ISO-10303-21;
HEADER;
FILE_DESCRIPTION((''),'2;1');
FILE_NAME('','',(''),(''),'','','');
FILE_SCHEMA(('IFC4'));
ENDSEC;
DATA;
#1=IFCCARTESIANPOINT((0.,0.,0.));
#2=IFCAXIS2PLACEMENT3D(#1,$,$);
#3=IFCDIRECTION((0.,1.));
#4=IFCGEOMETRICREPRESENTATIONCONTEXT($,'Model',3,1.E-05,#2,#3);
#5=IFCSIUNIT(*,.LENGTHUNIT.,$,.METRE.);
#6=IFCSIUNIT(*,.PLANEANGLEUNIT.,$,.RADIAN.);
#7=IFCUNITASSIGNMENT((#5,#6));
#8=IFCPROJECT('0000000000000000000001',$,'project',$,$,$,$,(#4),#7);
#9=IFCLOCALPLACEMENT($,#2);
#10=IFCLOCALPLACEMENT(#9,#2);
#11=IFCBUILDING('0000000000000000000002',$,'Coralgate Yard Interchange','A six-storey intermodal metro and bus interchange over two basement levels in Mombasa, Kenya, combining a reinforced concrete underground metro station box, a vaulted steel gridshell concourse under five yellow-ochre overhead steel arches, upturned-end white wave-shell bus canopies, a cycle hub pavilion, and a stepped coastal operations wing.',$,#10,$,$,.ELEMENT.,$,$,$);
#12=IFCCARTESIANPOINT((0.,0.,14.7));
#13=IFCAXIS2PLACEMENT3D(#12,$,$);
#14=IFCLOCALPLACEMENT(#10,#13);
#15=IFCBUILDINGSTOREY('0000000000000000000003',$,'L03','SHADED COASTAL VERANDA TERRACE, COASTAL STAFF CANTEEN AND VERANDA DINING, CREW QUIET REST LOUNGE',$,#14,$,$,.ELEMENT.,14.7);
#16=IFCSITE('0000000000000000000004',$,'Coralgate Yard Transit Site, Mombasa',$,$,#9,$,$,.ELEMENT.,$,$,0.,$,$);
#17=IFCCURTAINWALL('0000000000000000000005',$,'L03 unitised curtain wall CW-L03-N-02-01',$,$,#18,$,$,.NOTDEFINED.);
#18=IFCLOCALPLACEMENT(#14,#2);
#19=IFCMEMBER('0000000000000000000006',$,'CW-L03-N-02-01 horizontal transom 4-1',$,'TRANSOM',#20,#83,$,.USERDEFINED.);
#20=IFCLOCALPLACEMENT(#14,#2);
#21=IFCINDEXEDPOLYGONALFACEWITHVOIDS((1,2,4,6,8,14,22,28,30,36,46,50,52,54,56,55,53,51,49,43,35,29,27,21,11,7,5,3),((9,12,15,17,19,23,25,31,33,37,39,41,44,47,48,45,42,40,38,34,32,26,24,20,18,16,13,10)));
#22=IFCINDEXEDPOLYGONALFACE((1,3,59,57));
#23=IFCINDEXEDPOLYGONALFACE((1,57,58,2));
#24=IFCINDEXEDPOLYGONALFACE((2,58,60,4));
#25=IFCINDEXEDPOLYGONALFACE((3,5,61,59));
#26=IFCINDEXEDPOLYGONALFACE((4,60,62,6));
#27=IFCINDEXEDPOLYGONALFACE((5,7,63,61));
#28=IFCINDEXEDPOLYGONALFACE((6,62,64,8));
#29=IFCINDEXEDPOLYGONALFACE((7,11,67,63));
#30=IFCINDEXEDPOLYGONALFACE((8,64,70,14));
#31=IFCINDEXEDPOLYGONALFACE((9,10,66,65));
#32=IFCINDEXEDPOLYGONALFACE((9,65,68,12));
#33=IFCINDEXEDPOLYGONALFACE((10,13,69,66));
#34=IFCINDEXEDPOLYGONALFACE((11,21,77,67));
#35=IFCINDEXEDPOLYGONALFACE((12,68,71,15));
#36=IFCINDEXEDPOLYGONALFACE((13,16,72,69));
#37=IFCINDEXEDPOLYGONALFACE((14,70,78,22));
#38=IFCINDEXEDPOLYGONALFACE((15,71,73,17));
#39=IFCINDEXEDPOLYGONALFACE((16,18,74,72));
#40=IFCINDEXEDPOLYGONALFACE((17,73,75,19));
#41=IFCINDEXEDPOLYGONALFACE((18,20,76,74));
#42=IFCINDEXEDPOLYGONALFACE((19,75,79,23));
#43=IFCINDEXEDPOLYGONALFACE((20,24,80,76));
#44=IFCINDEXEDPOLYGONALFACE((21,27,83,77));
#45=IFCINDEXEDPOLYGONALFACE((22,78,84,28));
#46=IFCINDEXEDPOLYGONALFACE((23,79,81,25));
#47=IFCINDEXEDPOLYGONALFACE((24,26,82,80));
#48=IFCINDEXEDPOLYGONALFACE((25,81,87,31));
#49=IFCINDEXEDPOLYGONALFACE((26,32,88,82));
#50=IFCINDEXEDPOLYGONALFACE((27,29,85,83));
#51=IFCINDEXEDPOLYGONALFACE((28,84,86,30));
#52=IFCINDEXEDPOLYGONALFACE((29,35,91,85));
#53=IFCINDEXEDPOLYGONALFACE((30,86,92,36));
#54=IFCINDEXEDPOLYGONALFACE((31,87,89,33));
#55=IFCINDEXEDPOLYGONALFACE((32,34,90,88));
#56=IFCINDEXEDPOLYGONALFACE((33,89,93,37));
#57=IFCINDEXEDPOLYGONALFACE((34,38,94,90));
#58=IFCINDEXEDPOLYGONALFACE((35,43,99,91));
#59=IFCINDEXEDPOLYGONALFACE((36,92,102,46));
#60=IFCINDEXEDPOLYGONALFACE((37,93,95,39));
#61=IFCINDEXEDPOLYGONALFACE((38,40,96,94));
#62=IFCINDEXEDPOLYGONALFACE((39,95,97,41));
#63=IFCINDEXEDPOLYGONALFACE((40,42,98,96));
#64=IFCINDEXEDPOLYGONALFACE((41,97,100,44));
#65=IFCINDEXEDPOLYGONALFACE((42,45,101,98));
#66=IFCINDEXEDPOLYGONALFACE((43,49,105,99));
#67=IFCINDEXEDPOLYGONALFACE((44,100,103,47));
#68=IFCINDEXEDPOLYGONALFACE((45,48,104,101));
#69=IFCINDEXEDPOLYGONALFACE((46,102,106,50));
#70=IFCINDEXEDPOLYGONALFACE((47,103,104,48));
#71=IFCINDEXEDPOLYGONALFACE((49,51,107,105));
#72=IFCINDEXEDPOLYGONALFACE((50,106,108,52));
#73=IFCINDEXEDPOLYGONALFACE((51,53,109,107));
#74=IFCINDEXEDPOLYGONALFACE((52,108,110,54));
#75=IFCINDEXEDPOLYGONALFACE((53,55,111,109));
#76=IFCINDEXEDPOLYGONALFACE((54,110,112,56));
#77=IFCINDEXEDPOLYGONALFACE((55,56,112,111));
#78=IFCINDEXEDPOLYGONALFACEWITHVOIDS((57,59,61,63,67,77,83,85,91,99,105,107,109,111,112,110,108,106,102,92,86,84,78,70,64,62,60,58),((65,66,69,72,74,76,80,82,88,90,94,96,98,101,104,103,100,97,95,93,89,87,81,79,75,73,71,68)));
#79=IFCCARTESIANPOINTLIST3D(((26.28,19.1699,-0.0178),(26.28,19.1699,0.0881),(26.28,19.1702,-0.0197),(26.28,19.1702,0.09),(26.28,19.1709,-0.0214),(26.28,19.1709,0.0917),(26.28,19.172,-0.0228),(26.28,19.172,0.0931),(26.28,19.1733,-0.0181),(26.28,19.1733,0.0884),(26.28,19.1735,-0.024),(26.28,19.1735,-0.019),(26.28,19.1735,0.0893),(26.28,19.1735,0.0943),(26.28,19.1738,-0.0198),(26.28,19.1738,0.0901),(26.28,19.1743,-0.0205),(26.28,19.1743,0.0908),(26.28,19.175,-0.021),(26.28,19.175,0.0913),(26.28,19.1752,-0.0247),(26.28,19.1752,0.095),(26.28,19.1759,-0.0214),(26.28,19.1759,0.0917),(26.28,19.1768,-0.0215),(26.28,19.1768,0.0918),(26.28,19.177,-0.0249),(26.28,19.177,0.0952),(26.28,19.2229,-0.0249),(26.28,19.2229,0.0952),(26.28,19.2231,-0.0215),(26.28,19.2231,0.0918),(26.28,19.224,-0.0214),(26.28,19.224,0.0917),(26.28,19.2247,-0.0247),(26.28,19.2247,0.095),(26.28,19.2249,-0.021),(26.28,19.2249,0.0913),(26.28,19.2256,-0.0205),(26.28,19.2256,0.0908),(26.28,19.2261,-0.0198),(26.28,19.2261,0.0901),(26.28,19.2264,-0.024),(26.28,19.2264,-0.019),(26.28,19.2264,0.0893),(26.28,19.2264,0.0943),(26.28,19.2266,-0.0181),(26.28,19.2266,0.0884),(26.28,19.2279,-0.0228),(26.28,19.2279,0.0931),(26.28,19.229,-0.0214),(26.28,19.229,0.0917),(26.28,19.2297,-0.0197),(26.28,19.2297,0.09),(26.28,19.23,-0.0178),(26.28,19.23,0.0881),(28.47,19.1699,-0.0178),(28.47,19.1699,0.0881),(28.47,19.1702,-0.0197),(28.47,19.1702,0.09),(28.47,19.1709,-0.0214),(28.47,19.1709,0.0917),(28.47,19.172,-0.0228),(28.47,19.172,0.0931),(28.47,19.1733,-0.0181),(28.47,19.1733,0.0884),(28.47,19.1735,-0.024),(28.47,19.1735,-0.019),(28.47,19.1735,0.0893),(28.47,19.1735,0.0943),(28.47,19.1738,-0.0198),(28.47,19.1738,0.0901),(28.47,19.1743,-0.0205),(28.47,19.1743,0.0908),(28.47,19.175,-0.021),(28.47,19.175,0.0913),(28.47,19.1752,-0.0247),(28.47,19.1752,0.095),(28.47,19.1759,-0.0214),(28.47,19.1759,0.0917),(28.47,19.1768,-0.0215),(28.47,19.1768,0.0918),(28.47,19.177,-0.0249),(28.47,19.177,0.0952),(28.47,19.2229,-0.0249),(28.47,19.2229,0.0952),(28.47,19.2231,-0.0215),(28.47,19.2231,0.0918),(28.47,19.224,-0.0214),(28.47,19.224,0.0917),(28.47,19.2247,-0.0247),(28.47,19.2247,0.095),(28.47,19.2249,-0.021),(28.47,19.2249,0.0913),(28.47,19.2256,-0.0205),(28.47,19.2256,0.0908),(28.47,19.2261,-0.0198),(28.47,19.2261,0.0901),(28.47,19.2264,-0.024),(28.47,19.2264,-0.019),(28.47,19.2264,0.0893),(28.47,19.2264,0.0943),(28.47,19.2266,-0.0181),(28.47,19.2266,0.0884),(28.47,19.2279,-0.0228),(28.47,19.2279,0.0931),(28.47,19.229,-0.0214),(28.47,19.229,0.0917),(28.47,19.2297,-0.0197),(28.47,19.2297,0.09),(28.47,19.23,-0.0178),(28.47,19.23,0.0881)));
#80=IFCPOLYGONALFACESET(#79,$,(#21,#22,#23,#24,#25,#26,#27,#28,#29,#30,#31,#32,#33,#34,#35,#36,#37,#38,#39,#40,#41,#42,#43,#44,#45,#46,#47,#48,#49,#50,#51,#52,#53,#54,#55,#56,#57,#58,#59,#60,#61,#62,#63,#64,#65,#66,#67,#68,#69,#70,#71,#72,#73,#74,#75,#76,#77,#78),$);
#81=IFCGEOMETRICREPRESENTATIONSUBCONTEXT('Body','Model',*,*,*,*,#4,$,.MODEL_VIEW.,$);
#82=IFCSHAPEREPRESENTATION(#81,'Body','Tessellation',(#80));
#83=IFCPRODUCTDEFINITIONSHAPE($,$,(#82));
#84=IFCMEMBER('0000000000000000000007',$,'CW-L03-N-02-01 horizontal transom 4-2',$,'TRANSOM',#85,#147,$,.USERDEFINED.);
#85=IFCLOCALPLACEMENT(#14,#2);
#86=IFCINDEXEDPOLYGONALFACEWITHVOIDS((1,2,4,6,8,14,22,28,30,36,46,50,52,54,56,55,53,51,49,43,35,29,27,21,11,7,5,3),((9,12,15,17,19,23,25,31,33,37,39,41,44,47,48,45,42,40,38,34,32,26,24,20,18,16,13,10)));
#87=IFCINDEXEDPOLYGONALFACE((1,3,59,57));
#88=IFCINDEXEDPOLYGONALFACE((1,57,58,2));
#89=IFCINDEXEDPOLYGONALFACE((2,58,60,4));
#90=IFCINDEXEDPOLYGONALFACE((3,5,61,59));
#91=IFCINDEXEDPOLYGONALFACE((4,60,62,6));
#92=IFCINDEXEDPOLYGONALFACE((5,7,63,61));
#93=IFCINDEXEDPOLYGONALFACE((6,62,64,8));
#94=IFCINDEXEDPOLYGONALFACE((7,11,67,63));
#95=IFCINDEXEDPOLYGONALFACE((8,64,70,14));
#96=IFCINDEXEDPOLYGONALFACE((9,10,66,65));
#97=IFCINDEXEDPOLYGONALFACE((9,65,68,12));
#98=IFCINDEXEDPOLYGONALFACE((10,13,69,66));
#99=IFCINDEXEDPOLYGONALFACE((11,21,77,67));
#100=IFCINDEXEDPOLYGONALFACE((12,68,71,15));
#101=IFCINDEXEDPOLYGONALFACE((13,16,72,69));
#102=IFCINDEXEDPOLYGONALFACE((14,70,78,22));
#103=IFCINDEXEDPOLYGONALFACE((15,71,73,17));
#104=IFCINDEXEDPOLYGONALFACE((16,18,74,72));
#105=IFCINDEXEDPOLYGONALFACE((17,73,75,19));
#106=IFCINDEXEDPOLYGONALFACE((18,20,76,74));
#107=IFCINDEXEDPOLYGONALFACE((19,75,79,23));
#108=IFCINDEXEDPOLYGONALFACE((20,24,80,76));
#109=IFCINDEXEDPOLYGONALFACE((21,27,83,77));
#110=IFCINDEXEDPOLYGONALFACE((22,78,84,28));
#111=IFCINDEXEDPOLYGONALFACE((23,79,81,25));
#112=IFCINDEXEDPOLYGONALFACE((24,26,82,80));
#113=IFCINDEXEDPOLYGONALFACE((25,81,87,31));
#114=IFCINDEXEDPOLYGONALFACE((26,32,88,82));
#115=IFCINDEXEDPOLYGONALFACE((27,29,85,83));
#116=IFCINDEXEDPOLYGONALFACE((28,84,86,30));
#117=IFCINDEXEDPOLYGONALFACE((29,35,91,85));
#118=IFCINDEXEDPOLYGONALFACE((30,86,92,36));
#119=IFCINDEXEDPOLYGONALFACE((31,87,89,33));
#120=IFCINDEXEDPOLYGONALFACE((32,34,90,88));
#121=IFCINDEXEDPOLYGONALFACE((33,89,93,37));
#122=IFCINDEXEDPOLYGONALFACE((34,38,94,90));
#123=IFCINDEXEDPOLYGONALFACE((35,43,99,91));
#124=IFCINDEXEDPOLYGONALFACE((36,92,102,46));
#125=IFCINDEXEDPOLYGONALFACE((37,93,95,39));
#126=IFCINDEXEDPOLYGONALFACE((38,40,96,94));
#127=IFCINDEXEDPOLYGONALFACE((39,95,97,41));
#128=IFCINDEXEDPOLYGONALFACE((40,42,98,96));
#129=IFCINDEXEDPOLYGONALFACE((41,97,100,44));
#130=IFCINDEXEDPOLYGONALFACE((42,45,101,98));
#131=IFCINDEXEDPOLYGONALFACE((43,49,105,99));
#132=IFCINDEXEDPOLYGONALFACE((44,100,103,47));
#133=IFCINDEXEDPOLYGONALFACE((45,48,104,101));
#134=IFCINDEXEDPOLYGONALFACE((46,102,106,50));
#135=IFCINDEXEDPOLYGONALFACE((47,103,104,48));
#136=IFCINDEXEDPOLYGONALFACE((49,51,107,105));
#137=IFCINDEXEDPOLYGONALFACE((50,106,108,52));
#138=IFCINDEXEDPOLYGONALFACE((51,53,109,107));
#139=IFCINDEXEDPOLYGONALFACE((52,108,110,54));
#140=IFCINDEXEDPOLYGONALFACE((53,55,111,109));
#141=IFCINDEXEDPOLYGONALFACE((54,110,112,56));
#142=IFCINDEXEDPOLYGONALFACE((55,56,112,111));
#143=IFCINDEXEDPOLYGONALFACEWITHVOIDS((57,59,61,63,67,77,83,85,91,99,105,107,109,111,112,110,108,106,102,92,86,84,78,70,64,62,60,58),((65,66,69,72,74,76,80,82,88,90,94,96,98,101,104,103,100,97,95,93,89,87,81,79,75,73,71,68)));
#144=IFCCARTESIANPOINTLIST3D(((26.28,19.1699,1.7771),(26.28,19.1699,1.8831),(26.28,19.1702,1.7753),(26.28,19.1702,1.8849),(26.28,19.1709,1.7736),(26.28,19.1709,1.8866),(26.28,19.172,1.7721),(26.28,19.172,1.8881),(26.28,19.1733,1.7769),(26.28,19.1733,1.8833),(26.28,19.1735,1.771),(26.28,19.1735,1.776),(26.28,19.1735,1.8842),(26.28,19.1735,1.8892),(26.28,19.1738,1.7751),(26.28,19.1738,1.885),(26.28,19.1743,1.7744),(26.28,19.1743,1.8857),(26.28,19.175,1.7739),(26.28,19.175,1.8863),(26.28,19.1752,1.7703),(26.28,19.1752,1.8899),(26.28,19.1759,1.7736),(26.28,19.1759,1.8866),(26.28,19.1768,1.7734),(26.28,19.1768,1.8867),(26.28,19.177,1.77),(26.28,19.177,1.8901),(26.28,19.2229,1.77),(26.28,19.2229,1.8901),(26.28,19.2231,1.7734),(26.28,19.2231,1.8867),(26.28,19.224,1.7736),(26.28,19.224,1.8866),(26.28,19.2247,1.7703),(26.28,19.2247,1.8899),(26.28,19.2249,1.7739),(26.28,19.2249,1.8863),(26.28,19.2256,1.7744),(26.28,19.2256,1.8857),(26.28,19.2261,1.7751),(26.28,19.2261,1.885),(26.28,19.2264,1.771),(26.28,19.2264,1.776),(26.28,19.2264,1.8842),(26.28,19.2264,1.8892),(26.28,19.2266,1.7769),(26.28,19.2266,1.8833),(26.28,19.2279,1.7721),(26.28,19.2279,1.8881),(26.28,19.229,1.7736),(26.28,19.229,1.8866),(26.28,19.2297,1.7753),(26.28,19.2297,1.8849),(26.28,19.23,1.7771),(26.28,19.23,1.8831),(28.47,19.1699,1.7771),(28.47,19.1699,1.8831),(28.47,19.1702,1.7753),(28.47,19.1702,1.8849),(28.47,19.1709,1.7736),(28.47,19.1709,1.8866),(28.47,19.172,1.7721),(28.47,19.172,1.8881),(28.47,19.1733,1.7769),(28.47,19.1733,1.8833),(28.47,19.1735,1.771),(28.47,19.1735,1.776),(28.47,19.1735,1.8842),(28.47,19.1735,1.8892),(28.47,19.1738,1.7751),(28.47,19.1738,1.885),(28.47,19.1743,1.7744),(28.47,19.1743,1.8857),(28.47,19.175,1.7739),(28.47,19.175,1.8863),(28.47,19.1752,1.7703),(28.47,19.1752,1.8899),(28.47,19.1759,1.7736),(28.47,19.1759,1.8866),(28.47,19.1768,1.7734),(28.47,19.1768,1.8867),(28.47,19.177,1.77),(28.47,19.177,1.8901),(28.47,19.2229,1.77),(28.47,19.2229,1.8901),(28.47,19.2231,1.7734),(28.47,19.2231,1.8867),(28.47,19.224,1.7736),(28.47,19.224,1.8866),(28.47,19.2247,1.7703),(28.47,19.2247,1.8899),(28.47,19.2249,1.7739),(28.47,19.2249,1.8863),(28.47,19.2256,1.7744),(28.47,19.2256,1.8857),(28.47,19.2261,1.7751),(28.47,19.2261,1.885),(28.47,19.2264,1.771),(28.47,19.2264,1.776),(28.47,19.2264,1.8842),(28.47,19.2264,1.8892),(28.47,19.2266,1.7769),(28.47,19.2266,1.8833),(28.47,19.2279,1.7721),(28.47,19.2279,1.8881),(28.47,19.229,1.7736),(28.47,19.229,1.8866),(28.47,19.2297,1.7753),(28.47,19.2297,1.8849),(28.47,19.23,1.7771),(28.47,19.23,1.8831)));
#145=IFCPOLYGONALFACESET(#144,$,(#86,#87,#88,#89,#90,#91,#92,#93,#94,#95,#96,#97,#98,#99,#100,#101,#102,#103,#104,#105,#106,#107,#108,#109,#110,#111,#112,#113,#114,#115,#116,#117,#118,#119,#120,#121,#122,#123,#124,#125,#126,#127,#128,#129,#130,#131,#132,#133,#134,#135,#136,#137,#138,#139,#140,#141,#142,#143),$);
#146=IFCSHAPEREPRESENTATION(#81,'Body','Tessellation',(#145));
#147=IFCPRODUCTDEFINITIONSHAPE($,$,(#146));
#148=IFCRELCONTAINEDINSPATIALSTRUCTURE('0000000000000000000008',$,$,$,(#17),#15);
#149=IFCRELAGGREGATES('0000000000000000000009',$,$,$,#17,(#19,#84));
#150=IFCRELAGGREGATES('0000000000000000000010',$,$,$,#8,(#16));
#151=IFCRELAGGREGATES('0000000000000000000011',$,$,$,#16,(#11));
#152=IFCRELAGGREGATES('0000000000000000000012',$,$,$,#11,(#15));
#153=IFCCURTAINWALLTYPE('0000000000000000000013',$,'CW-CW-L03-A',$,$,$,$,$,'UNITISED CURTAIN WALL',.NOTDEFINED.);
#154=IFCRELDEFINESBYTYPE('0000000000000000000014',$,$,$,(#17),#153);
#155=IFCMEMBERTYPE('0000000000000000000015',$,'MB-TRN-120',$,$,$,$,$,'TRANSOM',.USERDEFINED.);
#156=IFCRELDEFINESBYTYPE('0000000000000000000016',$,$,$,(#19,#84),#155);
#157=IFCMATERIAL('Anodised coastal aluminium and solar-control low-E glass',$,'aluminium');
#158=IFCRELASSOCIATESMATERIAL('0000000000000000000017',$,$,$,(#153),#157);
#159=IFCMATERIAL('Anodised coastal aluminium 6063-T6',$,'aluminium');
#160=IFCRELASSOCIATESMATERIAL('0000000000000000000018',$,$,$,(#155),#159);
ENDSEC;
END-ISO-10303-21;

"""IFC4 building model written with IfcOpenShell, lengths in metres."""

from ifc_helpers import new_model, si_unit, direction, frame, origin, origin_2d, place, context, subcontext, project, spatial, hollow_rectangle, extrude, material, material_profile, profile_set, type_object, element, aggregate, save


model = new_model("IFC4")

# Units and contexts
model_context = context("Model", 3, precision=1e-05, world=origin(), true_north=direction((0.0, 1.0)))
body_context = subcontext(model_context, "Body", "Model", "MODEL_VIEW")
ifc_project = project(units=[si_unit("LENGTHUNIT", "METRE"), si_unit("PLANEANGLEUNIT", "RADIAN")], contexts=[model_context])

# Site, building, storey
site_placement = place(None, origin())
site = spatial("IfcSite", under=ifc_project, at=site_placement, Name="Coralgate Yard Transit Site, Mombasa", CompositionType="ELEMENT", RefElevation=0.0)
building_placement = place(site_placement, origin())
building = spatial("IfcBuilding", under=site, at=building_placement, Name="Coralgate Yard Interchange", Description="A six-storey intermodal metro and bus interchange over two basement levels in Mombasa, Kenya, combining a reinforced concrete underground metro station box, a vaulted steel gridshell concourse under five yellow-ochre overhead steel arches, upturned-end white wave-shell bus canopies, a cycle hub pavilion, and a stepped coastal operations wing.", CompositionType="ELEMENT")
storey_placement = place(building_placement, frame((0.0, 0.0, 14.7)))
storey = spatial("IfcBuildingStorey", under=building, at=storey_placement, Name="L03", Description="SHADED COASTAL VERANDA TERRACE, COASTAL STAFF CANTEEN AND VERANDA DINING, CREW QUIET REST LOUNGE", CompositionType="ELEMENT", Elevation=14.7)

# Curtain wall, members
ifc_material_1 = material(Name="Anodised coastal aluminium and solar-control low-E glass", Category="aluminium")
curtain_wall_type = type_object("IfcCurtainWallType", Name="CW-CW-L03-A", ElementType="UNITISED CURTAIN WALL", PredefinedType="NOTDEFINED", material=ifc_material_1)
curtain_wall_placement = place(storey_placement, origin())
curtain_wall = element("IfcCurtainWall", 1, at=curtain_wall_placement, inside=storey, type_object=curtain_wall_type, Name="L03 unitised curtain wall CW-L03-N-02-01", PredefinedType="NOTDEFINED")
ifc_material_2 = material(Name="Anodised coastal aluminium 6063-T6", Category="aluminium")
ifc_material_profile_1 = material_profile(ifc_material_2, hollow_rectangle(XDim=0.0601, YDim=0.1201, WallThickness=0.0034, InnerFilletRadius=0.0034, OuterFilletRadius=0.0071, at=origin_2d()), Name="ALU 60x120x3.5")
ifc_profile_set_1 = profile_set([ifc_material_profile_1], Name="Anodised coastal aluminium 6063-T6")
member_type_1 = type_object("IfcMemberType", Name="MB-TRN-120", ElementType="TRANSOM", PredefinedType="USERDEFINED", material=ifc_profile_set_1)
member_1_placement = place(storey_placement, frame((26.28, 19.2, 0.0352), z_axis=(1.0, 0.0, 0.0), x_axis=(0.0, 1.0, 0.0)))
member_1 = element("IfcMember", 2, at=member_1_placement, type_object=member_type_1, Name="CW-L03-N-02-01 horizontal transom 4-1", ObjectType="TRANSOM", PredefinedType="USERDEFINED", context=body_context, shape_type="SweptSolid", body=[
    extrude(hollow_rectangle(XDim=0.0601, YDim=0.1201, WallThickness=0.0034, InnerFilletRadius=0.0034, OuterFilletRadius=0.0071, at=origin_2d()), origin(), (0.0, 0.0, 1.0), 2.1899),
])
member_2_placement = place(storey_placement, frame((26.28, 19.2, 1.8301), z_axis=(1.0, 0.0, 0.0), x_axis=(0.0, 1.0, 0.0)))
member_2 = element("IfcMember", 3, at=member_2_placement, type_object=member_type_1, Name="CW-L03-N-02-01 horizontal transom 4-2", ObjectType="TRANSOM", PredefinedType="USERDEFINED", context=body_context, shape_type="SweptSolid", body=[
    extrude(hollow_rectangle(XDim=0.0601, YDim=0.1201, WallThickness=0.0034, InnerFilletRadius=0.0034, OuterFilletRadius=0.0071, at=origin_2d()), origin(), (0.0, 0.0, 1.0), 2.1899),
])
aggregate(curtain_wall, [member_1, member_2])

save(model, "model.ifc")
